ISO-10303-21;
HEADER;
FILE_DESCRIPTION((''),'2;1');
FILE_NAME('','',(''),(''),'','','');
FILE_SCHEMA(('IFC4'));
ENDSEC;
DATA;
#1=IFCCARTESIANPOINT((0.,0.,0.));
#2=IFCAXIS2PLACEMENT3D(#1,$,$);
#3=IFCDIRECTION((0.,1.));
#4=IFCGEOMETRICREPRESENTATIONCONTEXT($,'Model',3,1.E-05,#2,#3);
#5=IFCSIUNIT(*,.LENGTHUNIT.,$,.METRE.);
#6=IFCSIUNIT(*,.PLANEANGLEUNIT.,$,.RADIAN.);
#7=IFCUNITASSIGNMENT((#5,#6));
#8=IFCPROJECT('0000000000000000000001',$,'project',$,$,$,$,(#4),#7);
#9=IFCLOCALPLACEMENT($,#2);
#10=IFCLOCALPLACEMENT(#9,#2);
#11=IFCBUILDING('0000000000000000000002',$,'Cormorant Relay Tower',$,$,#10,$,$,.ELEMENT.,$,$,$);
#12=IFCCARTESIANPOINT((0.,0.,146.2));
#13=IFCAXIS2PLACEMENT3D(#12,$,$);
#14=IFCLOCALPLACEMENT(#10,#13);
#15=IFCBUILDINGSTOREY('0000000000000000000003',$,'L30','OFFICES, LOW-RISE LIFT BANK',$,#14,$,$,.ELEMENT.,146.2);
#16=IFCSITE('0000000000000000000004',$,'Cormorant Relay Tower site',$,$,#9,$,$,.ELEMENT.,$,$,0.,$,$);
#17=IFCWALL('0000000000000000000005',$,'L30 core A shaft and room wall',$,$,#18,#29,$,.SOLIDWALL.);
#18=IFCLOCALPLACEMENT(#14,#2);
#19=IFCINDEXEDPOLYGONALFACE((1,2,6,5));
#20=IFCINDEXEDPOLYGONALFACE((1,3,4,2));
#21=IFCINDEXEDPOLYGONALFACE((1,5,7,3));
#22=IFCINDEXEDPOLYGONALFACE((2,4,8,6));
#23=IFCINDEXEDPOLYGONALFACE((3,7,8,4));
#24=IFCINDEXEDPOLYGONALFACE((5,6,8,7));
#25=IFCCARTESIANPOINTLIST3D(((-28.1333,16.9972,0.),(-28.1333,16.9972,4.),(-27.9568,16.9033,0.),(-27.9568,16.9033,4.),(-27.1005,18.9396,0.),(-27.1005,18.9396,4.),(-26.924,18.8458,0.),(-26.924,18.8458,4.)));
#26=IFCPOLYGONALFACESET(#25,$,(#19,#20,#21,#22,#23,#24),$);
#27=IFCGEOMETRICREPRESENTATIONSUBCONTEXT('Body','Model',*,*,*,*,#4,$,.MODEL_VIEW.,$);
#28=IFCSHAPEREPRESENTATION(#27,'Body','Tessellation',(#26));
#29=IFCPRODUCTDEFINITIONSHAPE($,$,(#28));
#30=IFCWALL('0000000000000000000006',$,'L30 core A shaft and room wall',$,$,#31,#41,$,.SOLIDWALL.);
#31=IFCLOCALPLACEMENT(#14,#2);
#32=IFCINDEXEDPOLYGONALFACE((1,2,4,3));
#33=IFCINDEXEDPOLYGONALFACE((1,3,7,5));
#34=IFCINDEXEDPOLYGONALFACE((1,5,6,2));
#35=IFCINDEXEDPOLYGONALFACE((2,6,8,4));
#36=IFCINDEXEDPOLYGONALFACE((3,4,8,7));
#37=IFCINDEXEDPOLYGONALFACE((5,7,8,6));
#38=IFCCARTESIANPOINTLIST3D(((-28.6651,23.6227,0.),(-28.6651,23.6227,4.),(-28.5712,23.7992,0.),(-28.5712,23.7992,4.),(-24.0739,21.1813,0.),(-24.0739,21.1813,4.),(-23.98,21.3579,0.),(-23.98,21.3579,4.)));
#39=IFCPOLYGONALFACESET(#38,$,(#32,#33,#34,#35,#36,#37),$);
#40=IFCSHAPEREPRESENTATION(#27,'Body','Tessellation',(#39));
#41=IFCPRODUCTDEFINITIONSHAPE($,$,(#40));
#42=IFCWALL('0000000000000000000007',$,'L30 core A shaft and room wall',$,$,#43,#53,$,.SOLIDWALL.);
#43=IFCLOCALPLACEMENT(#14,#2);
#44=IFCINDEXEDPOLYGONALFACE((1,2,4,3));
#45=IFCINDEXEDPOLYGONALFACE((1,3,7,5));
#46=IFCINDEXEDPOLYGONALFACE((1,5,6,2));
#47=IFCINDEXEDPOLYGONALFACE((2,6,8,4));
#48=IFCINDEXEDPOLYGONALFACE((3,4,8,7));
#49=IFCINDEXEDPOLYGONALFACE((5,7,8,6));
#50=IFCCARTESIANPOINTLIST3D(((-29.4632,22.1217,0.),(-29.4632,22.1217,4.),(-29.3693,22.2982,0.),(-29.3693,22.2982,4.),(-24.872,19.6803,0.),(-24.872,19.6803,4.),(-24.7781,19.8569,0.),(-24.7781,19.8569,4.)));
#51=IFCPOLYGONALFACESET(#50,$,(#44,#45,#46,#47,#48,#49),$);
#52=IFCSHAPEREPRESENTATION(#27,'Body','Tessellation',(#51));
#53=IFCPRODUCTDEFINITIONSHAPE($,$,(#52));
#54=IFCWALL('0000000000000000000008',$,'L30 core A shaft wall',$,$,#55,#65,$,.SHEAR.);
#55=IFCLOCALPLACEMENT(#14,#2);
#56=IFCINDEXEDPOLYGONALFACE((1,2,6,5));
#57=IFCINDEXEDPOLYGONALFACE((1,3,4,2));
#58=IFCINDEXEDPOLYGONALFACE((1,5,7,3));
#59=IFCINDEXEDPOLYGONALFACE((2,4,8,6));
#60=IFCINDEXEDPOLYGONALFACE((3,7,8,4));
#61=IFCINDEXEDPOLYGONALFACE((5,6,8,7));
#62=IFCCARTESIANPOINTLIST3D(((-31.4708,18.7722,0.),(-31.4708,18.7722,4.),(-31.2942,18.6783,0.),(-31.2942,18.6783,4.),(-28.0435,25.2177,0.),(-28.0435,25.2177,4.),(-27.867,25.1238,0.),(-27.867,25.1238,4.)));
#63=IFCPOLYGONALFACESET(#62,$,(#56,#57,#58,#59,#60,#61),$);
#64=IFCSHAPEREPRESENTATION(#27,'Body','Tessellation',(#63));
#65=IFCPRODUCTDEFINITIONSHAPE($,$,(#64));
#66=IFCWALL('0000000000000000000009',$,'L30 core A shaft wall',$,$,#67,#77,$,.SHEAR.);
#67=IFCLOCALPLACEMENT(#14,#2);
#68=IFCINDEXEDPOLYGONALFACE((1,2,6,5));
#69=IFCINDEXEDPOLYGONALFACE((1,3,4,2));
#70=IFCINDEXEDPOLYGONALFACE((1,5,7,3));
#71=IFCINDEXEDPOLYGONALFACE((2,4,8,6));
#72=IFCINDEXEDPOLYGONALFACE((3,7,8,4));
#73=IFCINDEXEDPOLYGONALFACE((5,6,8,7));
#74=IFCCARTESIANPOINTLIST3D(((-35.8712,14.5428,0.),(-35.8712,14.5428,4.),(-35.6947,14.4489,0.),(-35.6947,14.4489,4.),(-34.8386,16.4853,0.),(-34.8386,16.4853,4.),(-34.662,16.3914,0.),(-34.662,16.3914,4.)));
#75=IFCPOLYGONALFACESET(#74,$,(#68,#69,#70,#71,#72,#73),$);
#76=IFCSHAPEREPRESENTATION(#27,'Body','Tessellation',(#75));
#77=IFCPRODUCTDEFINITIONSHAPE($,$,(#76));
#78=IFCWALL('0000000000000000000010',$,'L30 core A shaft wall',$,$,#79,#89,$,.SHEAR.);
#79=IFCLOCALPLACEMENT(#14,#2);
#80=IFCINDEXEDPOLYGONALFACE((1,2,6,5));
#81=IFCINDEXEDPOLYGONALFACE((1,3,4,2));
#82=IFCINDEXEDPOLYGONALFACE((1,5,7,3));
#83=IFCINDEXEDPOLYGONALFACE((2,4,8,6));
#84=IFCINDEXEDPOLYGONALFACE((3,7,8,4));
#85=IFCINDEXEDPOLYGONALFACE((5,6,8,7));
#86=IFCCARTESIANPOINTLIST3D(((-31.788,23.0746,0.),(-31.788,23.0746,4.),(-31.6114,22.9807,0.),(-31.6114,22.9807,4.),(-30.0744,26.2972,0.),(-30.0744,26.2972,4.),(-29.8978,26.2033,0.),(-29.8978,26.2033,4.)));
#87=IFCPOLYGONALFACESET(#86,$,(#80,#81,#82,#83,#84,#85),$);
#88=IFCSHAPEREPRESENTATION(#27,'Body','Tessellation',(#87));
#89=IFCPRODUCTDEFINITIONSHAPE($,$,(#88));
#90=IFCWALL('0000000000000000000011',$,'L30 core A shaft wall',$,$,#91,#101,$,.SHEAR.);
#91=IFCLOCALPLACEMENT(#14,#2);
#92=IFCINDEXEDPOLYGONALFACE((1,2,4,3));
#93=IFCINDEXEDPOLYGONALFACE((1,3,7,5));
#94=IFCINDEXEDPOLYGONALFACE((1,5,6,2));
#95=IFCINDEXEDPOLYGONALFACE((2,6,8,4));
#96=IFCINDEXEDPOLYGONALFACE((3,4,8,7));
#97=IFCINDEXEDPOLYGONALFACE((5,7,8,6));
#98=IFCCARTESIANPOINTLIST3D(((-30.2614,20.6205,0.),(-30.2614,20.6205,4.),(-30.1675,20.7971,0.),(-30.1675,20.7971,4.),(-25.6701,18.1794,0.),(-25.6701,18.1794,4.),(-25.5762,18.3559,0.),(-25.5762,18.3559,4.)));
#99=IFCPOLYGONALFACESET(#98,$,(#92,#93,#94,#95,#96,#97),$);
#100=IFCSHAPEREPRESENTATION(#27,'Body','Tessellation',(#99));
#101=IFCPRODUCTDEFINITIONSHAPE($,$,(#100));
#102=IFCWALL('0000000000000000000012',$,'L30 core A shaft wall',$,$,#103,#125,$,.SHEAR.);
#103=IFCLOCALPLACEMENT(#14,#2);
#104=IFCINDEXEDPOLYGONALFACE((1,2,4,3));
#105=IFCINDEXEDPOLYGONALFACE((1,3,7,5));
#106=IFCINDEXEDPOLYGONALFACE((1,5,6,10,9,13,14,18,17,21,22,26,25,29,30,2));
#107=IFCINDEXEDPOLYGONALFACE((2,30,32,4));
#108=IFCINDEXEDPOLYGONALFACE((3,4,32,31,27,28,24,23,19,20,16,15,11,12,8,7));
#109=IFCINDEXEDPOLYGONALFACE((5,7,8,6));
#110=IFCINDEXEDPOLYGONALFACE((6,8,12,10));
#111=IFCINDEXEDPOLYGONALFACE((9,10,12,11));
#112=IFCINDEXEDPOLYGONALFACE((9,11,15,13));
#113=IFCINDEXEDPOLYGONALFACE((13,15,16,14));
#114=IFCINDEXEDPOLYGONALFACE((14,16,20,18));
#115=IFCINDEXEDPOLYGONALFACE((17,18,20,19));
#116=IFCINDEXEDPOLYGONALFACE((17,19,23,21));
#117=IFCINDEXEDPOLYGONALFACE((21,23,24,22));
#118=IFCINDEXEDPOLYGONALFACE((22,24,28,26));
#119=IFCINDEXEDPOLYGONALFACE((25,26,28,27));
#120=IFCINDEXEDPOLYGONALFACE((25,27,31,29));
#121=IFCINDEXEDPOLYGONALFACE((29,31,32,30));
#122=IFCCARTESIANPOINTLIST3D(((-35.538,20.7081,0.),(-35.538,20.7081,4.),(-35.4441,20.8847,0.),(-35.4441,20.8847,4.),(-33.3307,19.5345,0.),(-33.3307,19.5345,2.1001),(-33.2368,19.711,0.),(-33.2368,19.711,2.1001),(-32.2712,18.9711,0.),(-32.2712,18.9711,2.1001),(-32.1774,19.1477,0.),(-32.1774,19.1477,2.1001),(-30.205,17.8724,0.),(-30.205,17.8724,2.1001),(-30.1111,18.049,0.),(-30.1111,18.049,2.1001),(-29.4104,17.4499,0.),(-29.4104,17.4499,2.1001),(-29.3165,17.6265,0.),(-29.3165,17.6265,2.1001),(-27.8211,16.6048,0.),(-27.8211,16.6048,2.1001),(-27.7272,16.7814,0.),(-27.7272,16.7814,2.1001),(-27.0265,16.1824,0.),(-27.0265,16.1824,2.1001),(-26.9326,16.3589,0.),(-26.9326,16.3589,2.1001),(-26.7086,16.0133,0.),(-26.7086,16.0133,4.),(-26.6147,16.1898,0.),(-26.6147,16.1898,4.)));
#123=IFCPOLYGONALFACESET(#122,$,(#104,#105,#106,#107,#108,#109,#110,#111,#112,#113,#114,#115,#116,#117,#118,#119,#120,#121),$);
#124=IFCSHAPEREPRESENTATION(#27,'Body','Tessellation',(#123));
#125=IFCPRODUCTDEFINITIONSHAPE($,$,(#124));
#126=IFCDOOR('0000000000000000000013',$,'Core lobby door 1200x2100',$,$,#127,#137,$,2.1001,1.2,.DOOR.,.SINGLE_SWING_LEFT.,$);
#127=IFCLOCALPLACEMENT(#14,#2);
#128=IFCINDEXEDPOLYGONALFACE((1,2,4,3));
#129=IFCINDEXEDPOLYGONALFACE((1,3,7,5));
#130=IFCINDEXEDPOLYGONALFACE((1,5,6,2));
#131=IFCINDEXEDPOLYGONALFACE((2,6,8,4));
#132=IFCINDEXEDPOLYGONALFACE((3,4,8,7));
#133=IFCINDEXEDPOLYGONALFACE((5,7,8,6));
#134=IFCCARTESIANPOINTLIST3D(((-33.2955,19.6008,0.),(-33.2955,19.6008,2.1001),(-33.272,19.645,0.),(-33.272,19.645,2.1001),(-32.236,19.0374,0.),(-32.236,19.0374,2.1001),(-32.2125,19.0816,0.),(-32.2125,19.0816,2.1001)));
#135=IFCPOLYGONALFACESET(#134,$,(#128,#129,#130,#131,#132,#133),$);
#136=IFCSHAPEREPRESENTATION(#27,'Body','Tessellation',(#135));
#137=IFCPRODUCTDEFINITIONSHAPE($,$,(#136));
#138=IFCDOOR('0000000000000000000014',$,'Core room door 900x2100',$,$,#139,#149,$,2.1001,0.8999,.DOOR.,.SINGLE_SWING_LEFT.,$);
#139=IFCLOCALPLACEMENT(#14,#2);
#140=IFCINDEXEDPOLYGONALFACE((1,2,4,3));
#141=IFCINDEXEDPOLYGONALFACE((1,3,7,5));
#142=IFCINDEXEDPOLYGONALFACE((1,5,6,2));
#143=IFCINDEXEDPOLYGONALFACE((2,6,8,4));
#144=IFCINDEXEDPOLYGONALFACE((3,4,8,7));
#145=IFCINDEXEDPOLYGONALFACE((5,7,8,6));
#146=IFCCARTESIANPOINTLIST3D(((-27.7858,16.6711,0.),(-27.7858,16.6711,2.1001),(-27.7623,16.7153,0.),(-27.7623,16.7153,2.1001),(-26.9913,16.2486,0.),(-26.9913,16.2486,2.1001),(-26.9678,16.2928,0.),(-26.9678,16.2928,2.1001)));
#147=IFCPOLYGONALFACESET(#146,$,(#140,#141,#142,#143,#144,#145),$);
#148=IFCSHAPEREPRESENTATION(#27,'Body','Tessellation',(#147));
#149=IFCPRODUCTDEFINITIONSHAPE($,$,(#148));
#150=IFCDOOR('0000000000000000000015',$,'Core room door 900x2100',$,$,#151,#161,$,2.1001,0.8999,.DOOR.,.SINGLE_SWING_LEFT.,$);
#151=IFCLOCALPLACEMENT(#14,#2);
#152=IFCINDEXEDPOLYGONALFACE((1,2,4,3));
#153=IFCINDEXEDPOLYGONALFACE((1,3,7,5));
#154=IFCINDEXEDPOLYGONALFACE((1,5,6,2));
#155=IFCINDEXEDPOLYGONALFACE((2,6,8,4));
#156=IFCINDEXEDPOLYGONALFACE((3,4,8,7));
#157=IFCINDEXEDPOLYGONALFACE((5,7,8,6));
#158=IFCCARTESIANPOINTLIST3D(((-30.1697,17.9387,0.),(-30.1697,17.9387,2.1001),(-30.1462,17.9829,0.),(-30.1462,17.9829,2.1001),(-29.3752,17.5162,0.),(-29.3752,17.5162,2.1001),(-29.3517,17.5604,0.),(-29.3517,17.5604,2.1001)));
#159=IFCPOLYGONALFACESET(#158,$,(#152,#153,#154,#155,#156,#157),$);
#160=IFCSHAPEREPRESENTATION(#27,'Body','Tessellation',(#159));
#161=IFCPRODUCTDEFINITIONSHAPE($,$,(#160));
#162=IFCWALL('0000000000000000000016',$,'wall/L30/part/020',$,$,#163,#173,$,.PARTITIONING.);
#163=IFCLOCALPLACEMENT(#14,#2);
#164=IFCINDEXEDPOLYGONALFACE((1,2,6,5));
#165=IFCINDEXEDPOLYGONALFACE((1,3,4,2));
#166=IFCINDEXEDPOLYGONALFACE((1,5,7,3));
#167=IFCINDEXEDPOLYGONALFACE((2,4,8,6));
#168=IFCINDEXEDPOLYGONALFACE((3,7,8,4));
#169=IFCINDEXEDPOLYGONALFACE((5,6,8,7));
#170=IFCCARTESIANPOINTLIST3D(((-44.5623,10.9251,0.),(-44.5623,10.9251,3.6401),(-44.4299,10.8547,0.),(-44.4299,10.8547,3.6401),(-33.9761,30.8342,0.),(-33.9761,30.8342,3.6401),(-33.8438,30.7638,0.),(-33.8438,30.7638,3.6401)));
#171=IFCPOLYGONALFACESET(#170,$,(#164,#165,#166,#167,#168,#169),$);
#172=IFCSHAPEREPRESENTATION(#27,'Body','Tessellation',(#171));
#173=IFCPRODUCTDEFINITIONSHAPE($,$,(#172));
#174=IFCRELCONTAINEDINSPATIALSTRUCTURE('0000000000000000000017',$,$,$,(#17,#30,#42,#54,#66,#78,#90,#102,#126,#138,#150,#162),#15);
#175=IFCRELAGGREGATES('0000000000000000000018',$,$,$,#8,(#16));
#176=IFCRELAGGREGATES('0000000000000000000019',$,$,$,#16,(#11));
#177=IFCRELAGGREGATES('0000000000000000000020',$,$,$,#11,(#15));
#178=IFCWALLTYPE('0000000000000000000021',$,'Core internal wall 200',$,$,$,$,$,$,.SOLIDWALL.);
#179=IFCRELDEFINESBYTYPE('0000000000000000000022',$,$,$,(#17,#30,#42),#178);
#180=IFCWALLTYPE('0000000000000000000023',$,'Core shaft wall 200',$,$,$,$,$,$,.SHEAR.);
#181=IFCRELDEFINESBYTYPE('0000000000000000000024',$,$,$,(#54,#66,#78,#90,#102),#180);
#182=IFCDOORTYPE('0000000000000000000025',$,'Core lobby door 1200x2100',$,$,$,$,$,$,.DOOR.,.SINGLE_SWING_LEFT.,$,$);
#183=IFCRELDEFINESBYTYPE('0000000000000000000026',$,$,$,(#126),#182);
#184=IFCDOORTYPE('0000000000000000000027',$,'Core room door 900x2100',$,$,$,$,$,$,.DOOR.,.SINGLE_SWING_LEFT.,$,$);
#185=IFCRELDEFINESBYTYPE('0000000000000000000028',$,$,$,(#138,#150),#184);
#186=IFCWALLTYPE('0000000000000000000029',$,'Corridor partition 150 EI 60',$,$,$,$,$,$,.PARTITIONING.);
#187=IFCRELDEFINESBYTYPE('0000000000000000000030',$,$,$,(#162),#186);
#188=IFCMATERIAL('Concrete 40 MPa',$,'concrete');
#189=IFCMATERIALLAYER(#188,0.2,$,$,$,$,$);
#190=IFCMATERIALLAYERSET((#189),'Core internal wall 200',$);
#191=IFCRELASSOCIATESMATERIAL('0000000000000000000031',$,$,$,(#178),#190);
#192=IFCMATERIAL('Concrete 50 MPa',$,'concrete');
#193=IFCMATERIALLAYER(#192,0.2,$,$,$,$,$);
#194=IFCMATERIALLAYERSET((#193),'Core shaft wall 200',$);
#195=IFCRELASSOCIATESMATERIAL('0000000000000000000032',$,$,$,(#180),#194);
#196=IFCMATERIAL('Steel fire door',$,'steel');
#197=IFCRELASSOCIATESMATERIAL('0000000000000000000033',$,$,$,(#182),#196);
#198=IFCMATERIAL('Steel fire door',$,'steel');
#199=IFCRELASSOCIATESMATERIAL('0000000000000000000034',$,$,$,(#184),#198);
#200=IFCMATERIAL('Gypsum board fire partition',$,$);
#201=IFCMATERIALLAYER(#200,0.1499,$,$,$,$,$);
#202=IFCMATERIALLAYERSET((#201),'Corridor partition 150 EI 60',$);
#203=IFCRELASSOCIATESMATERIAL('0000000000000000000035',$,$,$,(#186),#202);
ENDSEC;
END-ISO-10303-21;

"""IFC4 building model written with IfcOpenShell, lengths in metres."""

from ifc_helpers import new_model, si_unit, direction, frame, frame_2d, origin, place, context, subcontext, project, spatial, rectangle, extrude, material, layer, layer_set, type_object, element, fill, save


model = new_model("IFC4")

# Units and contexts
model_context = context("Model", 3, precision=1e-05, world=origin(), true_north=direction((0.0, 1.0)))
body_context = subcontext(model_context, "Body", "Model", "MODEL_VIEW")
ifc_project = project(units=[si_unit("LENGTHUNIT", "METRE"), si_unit("PLANEANGLEUNIT", "RADIAN")], contexts=[model_context])

# Site, building, storey
site_placement = place(None, origin())
site = spatial("IfcSite", under=ifc_project, at=site_placement, Name="Cormorant Relay Tower site", CompositionType="ELEMENT", RefElevation=0.0)
building_placement = place(site_placement, origin())
building = spatial("IfcBuilding", under=site, at=building_placement, Name="Cormorant Relay Tower", CompositionType="ELEMENT")
storey_placement = place(building_placement, frame((0.0, 0.0, 146.2)))
storey = spatial("IfcBuildingStorey", under=building, at=storey_placement, Name="L30", Description="OFFICES, LOW-RISE LIFT BANK", CompositionType="ELEMENT", Elevation=146.2)

# Walls
ifc_material_1 = material(Name="Concrete 40 MPa", Category="concrete")
ifc_layer_1 = layer(ifc_material_1, 0.2)
ifc_layer_set_1 = layer_set([ifc_layer_1], Name="Core internal wall 200")
wall_type_1 = type_object("IfcWallType", Name="Core internal wall 200", PredefinedType="SOLIDWALL", material=ifc_layer_set_1)
wall_1_placement = place(storey_placement, frame((-27.0122, 18.8928, 0.0), z_axis=(0.0, 0.0, 1.0), x_axis=(-0.469447, -0.88296, 0.0)))
element("IfcWall", 1, at=wall_1_placement, inside=storey, type_object=wall_type_1, Name="L30 core A shaft and room wall", PredefinedType="SOLIDWALL", context=body_context, shape_type="SweptSolid", body=[
    extrude(rectangle(XDim=2.2, YDim=0.2, at=frame_2d((1.1001, 0.0))), origin(), (0.0, 0.0, 1.0), 4.0),
])
for number, where, z_axis, x_axis, name in (
    (2, (-24.0269, 21.2695, 0.0), (0.0, 0.0, 1.0), (-0.882935, 0.469496, 0.0), "L30 core A shaft and room wall"),
    (3, (-24.825, 19.7686, 0.0), (0.0, 0.0, 1.0), (-0.882935, 0.469496, 0.0), "L30 core A shaft and room wall"),
):
    element("IfcWall", number, at=place(storey_placement, frame(where, z_axis=z_axis, x_axis=x_axis)), inside=storey, type_object=wall_type_1, Name=name, PredefinedType="SOLIDWALL", context=body_context, shape_type="SweptSolid", body=[
        extrude(rectangle(XDim=5.2, YDim=0.2, at=frame_2d((2.6001, 0.0))), origin(), (0.0, 0.0, 1.0), 4.0),
    ])
ifc_material_2 = material(Name="Concrete 50 MPa", Category="concrete")
ifc_layer_2 = layer(ifc_material_2, 0.2)
ifc_layer_set_2 = layer_set([ifc_layer_2], Name="Core shaft wall 200")
wall_type_2 = type_object("IfcWallType", Name="Core shaft wall 200", PredefinedType="SHEAR", material=ifc_layer_set_2)
wall_2_placement = place(storey_placement, frame((-27.9553, 25.1707, 0.0), z_axis=(0.0, 0.0, 1.0), x_axis=(-0.46948, -0.882943, 0.0)))
element("IfcWall", 4, at=wall_2_placement, inside=storey, type_object=wall_type_2, Name="L30 core A shaft wall", PredefinedType="SHEAR", context=body_context, shape_type="SweptSolid", body=[
    extrude(rectangle(XDim=7.3, YDim=0.2, at=frame_2d((3.6499, 0.0))), origin(), (0.0, 0.0, 1.0), 4.0),
])
wall_3_placement = place(storey_placement, frame((-34.7502, 16.4385, 0.0), z_axis=(0.0, 0.0, 1.0), x_axis=(-0.469401, -0.882985, 0.0)))
element("IfcWall", 5, at=wall_3_placement, inside=storey, type_object=wall_type_2, Name="L30 core A shaft wall", PredefinedType="SHEAR", context=body_context, shape_type="SweptSolid", body=[
    extrude(rectangle(XDim=2.2, YDim=0.2, at=frame_2d((1.1001, 0.0))), origin(), (0.0, 0.0, 1.0), 4.0),
])
wall_4_placement = place(storey_placement, frame((-29.9861, 26.2502, 0.0), z_axis=(0.0, 0.0, 1.0), x_axis=(-0.469494, -0.882936, 0.0)))
element("IfcWall", 6, at=wall_4_placement, inside=storey, type_object=wall_type_2, Name="L30 core A shaft wall", PredefinedType="SHEAR", context=body_context, shape_type="SweptSolid", body=[
    extrude(rectangle(XDim=3.6499, YDim=0.2, at=frame_2d((1.825, 0.0))), origin(), (0.0, 0.0, 1.0), 4.0),
])

# Wall
wall_5_placement = place(storey_placement, frame((-25.623, 18.2676, 0.0), z_axis=(0.0, 0.0, 1.0), x_axis=(-0.882954, 0.46946, 0.0)))
element("IfcWall", 7, at=wall_5_placement, inside=storey, type_object=wall_type_2, Name="L30 core A shaft wall", PredefinedType="SHEAR", context=body_context, shape_type="SweptSolid", body=[
    extrude(rectangle(XDim=5.2, YDim=0.2, at=frame_2d((2.6001, 0.0))), origin(), (0.0, 0.0, 1.0), 4.0),
])

# Wall, openings, doors
wall_6_placement = place(storey_placement, frame((-26.6616, 16.1016, 0.0), z_axis=(0.0, 0.0, 1.0), x_axis=(-0.88294, 0.469485, 0.0)))
wall_6 = element("IfcWall", 8, at=wall_6_placement, inside=storey, type_object=wall_type_2, Name="L30 core A shaft wall", PredefinedType="SHEAR", context=body_context, shape_type="SweptSolid", body=[
    extrude(rectangle(XDim=10.0, YDim=0.2, at=frame_2d((5.0, 0.0))), origin(), (0.0, 0.0, 1.0), 4.0),
])
opening_1_placement = place(wall_6_placement, frame((6.3, 0.0, 0.0)))
opening_1 = element("IfcOpeningElement", 9, at=opening_1_placement, cuts=wall_6, PredefinedType="OPENING", context=body_context, shape_type="SweptSolid", body=[
    extrude(rectangle(XDim=1.2, YDim=2.1001, at=frame_2d((0.6001, 1.05))), frame((0.0, 0.1099, 0.0), z_axis=(0.0, -1.0, 0.0), x_axis=(1.0, 0.0, 0.0)), (0.0, 0.0, 1.0), 0.22),
])
opening_2_placement = place(wall_6_placement, frame((0.3601, 0.0, 0.0)))
opening_2 = element("IfcOpeningElement", 10, at=opening_2_placement, cuts=wall_6, PredefinedType="OPENING", context=body_context, shape_type="SweptSolid", body=[
    extrude(rectangle(XDim=0.8999, YDim=2.1001, at=frame_2d((0.45, 1.05))), frame((0.0, 0.1099, 0.0), z_axis=(0.0, -1.0, 0.0), x_axis=(1.0, 0.0, 0.0)), (0.0, 0.0, 1.0), 0.22),
])
opening_3_placement = place(wall_6_placement, frame((3.0601, 0.0, 0.0)))
opening_3 = element("IfcOpeningElement", 11, at=opening_3_placement, cuts=wall_6, PredefinedType="OPENING", context=body_context, shape_type="SweptSolid", body=[
    extrude(rectangle(XDim=0.8999, YDim=2.1001, at=frame_2d((0.45, 1.05))), frame((0.0, 0.1099, 0.0), z_axis=(0.0, -1.0, 0.0), x_axis=(1.0, 0.0, 0.0)), (0.0, 0.0, 1.0), 0.22),
])
ifc_material_3 = material(Name="Steel fire door", Category="steel")
door_type_1 = type_object("IfcDoorType", Name="Core lobby door 1200x2100", OperationType="SINGLE_SWING_LEFT", PredefinedType="DOOR", material=ifc_material_3)
door_1_placement = place(opening_1_placement, origin())
door_1 = element("IfcDoor", 12, at=door_1_placement, inside=storey, type_object=door_type_1, Name="Core lobby door 1200x2100", OperationType="SINGLE_SWING_LEFT", OverallHeight=2.1001, OverallWidth=1.2, PredefinedType="DOOR", context=body_context, shape_type="SweptSolid", body=[
    extrude(rectangle(XDim=1.2, YDim=2.1001, at=frame_2d((0.6001, 1.05))), frame((0.0, 0.0249, 0.0), z_axis=(0.0, -1.0, 0.0), x_axis=(1.0, 0.0, 0.0)), (0.0, 0.0, 1.0), 0.05),
])
fill(opening_1, door_1)
ifc_material_4 = material(Name="Steel fire door", Category="steel")
door_type_2 = type_object("IfcDoorType", Name="Core room door 900x2100", OperationType="SINGLE_SWING_LEFT", PredefinedType="DOOR", material=ifc_material_4)
door_2_placement = place(opening_2_placement, origin())
door_2 = element("IfcDoor", 13, at=door_2_placement, inside=storey, type_object=door_type_2, Name="Core room door 900x2100", OperationType="SINGLE_SWING_LEFT", OverallHeight=2.1001, OverallWidth=0.8999, PredefinedType="DOOR", context=body_context, shape_type="SweptSolid", body=[
    extrude(rectangle(XDim=0.8999, YDim=2.1001, at=frame_2d((0.45, 1.05))), frame((0.0, 0.0249, 0.0), z_axis=(0.0, -1.0, 0.0), x_axis=(1.0, 0.0, 0.0)), (0.0, 0.0, 1.0), 0.05),
])
fill(opening_2, door_2)
door_3_placement = place(opening_3_placement, origin())
door_3 = element("IfcDoor", 14, at=door_3_placement, inside=storey, type_object=door_type_2, Name="Core room door 900x2100", OperationType="SINGLE_SWING_LEFT", OverallHeight=2.1001, OverallWidth=0.8999, PredefinedType="DOOR", context=body_context, shape_type="SweptSolid", body=[
    extrude(rectangle(XDim=0.8999, YDim=2.1001, at=frame_2d((0.45, 1.05))), frame((0.0, 0.0249, 0.0), z_axis=(0.0, -1.0, 0.0), x_axis=(1.0, 0.0, 0.0)), (0.0, 0.0, 1.0), 0.05),
])
fill(opening_3, door_3)

# Wall
ifc_material_5 = material(Name="Gypsum board fire partition")
ifc_layer_3 = layer(ifc_material_5, 0.1499)
ifc_layer_set_3 = layer_set([ifc_layer_3], Name="Corridor partition 150 EI 60")
wall_type_3 = type_object("IfcWallType", Name="Corridor partition 150 EI 60", PredefinedType="PARTITIONING", material=ifc_layer_set_3)
wall_7_placement = place(storey_placement, frame((-33.9099, 30.7991, 0.0), z_axis=(0.0, 0.0, 1.0), x_axis=(-0.469481, -0.882942, 0.0)))
element("IfcWall", 15, at=wall_7_placement, inside=storey, type_object=wall_type_3, Name="wall/L30/part/020", PredefinedType="PARTITIONING", context=body_context, shape_type="SweptSolid", body=[
    extrude(rectangle(XDim=22.5486, YDim=0.1499, at=frame_2d((11.2744, 0.0))), origin(), (0.0, 0.0, 1.0), 3.6401),
])

save(model, "model.ifc")
